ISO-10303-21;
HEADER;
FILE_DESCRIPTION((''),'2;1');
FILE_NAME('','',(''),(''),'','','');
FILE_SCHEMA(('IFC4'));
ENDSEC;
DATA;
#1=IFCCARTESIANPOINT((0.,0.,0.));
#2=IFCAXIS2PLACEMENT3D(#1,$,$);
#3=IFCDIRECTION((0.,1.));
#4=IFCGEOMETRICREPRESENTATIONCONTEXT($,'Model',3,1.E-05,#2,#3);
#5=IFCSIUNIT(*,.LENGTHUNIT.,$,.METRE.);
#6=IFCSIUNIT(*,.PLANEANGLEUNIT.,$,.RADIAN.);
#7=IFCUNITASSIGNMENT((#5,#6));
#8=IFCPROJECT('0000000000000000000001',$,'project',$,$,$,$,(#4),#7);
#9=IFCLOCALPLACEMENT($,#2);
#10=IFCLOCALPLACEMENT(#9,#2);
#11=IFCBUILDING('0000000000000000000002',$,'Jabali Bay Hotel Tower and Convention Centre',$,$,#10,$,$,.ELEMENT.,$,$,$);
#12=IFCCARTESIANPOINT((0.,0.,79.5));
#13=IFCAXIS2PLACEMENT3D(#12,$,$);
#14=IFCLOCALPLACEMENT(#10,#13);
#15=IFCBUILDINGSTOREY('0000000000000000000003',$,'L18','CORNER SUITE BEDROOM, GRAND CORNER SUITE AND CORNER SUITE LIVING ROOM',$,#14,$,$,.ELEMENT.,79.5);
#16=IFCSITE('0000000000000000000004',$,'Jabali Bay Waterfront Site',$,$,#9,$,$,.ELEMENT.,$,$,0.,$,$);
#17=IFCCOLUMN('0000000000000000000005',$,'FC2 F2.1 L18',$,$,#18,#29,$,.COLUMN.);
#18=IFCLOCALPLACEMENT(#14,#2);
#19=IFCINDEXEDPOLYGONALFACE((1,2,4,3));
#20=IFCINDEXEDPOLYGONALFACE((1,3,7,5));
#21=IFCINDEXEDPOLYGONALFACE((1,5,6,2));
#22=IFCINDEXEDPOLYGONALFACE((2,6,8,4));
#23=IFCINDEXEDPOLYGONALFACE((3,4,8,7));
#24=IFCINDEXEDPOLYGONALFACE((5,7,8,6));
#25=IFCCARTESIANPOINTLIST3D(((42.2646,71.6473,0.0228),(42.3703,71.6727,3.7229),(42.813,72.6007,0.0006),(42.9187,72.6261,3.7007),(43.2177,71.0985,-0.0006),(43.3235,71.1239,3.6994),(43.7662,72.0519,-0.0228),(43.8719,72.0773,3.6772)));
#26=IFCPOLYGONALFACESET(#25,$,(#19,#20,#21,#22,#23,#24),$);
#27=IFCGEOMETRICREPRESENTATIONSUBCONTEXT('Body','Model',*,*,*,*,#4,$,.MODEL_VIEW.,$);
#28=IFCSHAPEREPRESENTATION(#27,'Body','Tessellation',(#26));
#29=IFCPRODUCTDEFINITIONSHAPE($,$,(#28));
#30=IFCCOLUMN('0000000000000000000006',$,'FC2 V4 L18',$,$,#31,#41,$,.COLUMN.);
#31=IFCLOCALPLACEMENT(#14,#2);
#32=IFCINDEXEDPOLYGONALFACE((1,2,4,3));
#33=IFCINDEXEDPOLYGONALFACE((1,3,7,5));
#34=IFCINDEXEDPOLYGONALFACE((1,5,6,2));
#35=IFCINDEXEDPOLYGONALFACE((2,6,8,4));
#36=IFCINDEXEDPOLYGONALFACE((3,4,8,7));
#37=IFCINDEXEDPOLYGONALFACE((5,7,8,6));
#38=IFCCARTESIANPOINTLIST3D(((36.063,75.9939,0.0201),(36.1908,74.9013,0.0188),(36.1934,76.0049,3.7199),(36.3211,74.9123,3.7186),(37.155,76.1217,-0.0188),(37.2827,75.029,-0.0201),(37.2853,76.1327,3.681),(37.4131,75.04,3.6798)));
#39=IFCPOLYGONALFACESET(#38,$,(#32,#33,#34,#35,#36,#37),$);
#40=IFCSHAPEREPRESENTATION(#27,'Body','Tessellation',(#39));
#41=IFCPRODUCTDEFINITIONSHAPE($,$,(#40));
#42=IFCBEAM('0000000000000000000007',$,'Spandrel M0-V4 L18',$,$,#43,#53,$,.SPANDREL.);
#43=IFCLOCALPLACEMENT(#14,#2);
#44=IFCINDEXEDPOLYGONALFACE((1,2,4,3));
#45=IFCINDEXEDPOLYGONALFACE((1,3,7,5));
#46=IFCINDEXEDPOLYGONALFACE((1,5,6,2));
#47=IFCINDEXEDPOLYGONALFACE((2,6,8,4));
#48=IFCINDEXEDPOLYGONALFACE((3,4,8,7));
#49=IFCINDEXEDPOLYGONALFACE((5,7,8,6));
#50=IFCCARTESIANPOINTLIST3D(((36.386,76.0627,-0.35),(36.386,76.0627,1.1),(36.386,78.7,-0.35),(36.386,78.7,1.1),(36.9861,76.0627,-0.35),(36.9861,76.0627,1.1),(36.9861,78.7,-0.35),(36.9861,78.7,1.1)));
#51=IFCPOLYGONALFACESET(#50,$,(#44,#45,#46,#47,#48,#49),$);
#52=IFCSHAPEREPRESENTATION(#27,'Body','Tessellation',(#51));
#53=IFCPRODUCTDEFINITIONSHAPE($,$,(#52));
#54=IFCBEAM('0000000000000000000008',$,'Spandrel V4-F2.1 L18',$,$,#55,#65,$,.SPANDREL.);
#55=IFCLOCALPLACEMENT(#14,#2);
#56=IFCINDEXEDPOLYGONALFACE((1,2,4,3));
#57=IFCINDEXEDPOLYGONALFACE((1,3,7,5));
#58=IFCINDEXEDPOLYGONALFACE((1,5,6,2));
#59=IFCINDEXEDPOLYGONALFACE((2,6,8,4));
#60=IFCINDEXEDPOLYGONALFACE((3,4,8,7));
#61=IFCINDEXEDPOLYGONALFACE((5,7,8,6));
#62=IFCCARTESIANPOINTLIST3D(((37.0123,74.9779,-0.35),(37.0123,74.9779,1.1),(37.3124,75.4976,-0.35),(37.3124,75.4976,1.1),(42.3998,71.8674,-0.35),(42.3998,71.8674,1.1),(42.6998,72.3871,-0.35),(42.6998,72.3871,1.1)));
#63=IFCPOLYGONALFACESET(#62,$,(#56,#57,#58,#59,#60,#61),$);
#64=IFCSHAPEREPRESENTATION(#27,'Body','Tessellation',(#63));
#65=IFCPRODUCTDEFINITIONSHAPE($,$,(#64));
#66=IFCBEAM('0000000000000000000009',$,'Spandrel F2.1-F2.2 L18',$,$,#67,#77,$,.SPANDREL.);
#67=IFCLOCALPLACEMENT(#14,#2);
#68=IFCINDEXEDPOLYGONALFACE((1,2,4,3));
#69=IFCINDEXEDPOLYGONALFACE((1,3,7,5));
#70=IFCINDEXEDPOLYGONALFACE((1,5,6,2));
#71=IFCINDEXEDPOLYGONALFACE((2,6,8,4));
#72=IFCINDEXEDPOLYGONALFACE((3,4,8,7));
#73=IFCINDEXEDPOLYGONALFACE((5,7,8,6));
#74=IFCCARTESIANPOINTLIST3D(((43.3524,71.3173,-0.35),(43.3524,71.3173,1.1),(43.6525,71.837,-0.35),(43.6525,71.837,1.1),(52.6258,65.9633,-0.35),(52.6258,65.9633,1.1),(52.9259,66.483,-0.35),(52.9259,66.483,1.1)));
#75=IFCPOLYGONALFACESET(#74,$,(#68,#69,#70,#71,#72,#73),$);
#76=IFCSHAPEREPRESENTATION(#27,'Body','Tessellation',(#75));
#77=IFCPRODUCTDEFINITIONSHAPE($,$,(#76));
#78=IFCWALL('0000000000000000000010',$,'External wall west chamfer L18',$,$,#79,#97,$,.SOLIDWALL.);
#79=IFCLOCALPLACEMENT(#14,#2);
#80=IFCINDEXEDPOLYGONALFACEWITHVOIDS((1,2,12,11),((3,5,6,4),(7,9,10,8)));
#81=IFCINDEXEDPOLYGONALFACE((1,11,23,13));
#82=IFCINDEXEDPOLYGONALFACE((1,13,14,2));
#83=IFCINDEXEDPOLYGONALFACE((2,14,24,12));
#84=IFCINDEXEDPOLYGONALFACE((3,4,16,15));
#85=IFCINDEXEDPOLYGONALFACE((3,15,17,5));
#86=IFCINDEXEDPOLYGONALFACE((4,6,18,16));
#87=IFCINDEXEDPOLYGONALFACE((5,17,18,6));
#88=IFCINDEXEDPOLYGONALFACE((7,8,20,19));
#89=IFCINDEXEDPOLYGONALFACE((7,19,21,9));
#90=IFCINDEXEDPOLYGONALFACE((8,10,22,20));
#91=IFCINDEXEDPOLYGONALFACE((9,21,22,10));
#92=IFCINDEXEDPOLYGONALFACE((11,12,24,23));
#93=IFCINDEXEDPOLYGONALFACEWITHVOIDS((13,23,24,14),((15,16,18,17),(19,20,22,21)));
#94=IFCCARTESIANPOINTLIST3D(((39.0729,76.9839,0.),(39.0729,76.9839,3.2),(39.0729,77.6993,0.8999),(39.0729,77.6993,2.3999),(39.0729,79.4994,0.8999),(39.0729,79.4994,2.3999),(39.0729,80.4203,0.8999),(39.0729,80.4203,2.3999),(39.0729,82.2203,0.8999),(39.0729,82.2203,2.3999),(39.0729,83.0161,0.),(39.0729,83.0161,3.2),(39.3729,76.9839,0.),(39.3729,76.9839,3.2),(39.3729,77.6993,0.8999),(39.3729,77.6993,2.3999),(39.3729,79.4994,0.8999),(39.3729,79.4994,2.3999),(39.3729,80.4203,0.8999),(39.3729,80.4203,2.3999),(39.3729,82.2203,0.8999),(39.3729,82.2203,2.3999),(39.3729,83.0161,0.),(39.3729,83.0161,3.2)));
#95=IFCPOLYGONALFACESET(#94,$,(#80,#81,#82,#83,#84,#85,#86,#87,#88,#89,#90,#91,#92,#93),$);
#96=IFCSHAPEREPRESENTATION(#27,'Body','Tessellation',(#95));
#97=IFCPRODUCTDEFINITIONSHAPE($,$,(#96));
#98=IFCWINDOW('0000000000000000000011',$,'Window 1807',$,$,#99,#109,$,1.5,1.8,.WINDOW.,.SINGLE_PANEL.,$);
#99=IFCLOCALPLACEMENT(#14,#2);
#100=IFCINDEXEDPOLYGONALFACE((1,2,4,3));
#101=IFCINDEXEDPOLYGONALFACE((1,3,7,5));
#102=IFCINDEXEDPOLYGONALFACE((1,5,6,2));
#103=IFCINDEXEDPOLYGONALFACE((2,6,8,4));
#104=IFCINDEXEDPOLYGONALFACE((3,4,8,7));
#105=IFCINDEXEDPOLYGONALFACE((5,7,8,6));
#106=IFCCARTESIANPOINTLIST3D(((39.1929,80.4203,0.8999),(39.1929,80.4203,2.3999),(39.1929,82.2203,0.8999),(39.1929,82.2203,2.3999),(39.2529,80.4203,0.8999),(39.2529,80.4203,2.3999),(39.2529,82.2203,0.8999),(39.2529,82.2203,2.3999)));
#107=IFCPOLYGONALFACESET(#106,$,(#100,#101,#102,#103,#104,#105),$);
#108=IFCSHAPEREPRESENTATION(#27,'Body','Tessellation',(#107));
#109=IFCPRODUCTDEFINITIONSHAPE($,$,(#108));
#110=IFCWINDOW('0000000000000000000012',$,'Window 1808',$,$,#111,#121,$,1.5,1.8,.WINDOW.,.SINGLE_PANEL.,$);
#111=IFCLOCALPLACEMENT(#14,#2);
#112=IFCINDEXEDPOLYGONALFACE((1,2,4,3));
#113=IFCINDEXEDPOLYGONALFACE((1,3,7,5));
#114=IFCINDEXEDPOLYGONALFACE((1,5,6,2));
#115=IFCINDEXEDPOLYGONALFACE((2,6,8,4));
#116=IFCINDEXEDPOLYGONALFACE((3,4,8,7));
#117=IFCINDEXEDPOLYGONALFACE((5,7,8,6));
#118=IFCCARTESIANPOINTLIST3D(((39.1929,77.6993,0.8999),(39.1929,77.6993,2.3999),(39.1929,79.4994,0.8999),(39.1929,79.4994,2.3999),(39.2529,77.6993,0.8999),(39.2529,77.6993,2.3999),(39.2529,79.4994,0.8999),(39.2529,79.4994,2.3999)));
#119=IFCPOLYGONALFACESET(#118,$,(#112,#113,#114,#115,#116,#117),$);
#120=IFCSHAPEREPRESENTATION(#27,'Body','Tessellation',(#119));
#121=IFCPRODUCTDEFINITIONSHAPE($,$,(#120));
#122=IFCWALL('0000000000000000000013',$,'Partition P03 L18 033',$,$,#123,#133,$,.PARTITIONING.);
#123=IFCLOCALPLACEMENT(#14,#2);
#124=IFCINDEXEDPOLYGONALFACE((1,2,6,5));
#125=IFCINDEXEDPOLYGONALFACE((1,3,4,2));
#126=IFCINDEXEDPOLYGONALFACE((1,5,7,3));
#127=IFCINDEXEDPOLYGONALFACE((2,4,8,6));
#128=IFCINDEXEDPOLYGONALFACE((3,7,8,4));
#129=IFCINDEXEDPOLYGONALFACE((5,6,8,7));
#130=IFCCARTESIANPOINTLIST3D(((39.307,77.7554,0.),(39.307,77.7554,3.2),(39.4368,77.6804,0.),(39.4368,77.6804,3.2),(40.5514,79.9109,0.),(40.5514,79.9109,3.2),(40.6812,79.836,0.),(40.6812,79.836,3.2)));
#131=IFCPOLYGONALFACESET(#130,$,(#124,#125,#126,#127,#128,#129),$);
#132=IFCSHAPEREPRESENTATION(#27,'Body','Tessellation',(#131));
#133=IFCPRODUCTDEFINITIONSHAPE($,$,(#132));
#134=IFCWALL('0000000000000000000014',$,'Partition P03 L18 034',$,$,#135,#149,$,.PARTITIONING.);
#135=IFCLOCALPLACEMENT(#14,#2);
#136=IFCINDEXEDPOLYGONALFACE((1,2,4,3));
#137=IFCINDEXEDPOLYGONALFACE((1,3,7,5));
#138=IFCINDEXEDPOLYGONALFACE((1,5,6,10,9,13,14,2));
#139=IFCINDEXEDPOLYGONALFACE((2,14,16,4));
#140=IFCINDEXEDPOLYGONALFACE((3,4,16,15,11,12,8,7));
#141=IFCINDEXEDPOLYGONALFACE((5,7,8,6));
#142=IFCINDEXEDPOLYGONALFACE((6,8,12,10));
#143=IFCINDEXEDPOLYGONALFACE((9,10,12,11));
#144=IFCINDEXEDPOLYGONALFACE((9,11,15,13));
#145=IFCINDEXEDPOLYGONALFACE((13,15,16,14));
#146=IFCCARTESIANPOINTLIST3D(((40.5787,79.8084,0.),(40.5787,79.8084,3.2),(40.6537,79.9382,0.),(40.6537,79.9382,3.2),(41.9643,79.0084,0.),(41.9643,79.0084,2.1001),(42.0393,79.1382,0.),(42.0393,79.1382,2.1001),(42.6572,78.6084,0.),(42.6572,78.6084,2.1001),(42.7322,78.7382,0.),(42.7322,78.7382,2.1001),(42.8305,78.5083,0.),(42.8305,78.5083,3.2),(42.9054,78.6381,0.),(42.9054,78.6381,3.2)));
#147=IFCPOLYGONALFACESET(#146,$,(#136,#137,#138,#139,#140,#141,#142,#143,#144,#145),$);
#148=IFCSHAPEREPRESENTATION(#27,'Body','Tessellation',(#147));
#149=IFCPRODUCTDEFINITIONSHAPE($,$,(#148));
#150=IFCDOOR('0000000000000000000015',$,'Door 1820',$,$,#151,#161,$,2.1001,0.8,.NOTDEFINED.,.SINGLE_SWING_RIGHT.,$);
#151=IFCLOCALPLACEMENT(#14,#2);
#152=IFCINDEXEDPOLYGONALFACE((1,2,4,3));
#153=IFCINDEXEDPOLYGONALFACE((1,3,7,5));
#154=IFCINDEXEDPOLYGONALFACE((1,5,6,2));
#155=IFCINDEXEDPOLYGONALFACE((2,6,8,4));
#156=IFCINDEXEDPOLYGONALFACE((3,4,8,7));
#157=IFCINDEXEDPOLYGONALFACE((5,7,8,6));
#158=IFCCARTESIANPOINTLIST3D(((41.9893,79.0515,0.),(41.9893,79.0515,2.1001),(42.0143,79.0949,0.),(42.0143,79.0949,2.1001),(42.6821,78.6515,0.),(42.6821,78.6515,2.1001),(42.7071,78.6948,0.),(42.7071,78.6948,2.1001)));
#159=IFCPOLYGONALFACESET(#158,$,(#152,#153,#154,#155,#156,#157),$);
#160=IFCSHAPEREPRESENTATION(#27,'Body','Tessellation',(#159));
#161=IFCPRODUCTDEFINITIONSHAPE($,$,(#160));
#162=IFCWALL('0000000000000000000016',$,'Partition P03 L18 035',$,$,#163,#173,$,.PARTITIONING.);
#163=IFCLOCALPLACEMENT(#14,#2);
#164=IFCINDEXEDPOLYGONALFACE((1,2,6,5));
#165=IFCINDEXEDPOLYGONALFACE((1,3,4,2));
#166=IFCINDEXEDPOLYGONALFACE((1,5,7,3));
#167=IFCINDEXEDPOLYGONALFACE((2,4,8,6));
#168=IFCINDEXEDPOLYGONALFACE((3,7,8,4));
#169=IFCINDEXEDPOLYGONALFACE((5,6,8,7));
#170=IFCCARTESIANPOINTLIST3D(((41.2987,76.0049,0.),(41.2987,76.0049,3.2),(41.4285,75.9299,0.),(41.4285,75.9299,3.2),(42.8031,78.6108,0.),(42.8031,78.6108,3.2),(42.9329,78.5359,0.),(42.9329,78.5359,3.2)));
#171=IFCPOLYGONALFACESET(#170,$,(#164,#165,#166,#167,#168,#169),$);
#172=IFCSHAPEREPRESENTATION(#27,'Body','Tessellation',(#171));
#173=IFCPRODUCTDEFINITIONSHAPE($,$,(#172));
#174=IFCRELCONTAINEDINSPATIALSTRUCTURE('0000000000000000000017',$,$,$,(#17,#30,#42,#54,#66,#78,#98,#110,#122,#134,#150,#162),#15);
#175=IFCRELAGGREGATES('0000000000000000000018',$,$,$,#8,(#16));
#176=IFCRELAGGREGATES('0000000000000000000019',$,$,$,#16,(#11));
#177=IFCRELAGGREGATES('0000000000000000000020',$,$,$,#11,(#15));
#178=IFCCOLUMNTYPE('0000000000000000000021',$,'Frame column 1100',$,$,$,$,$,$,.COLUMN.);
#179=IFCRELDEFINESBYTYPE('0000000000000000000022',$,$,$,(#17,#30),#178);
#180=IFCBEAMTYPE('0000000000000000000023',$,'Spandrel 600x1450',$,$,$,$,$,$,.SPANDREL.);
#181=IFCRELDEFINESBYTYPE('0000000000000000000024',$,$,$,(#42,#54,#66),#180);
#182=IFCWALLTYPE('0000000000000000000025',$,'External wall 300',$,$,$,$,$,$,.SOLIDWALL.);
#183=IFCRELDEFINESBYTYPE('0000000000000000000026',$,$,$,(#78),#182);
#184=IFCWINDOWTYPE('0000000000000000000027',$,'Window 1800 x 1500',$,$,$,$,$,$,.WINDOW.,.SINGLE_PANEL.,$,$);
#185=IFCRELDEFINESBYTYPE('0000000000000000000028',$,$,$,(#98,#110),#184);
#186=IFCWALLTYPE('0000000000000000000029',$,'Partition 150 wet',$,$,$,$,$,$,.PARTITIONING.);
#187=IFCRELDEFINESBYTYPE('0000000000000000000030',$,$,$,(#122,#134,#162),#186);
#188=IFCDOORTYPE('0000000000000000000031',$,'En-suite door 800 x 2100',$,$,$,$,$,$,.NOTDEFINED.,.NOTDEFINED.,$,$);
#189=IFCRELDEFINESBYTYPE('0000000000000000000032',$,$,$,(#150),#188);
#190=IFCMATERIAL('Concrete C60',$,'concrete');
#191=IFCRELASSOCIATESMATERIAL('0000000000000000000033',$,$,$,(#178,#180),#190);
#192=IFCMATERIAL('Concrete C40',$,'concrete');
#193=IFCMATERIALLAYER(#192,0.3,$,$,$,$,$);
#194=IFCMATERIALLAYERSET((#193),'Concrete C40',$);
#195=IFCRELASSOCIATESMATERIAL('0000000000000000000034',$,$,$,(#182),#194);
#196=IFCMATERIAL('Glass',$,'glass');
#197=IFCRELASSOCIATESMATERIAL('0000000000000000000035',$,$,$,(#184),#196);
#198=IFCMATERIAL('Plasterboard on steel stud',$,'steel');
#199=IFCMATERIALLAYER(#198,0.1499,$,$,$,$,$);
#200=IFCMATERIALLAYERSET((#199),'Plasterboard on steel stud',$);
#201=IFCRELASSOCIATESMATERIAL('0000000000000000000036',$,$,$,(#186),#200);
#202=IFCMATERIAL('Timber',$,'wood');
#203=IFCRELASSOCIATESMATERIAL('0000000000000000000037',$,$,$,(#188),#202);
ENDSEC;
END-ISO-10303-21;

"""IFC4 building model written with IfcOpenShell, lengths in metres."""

from ifc_helpers import new_model, si_unit, direction, frame, frame_2d, origin, origin_2d, place, context, subcontext, project, spatial, rectangle, extrude, material, layer, layer_set, material_profile, profile_set, type_object, element, fill, save


model = new_model("IFC4")

# Units and contexts
model_context = context("Model", 3, precision=1e-05, world=origin(), true_north=direction((0.0, 1.0)))
body_context = subcontext(model_context, "Body", "Model", "MODEL_VIEW")
ifc_project = project(units=[si_unit("LENGTHUNIT", "METRE"), si_unit("PLANEANGLEUNIT", "RADIAN")], contexts=[model_context])

# Site, building, storey
site_placement = place(None, origin())
site = spatial("IfcSite", under=ifc_project, at=site_placement, Name="Jabali Bay Waterfront Site", CompositionType="ELEMENT", RefElevation=0.0)
building_placement = place(site_placement, origin())
building = spatial("IfcBuilding", under=site, at=building_placement, Name="Jabali Bay Hotel Tower and Convention Centre", CompositionType="ELEMENT")
storey_placement = place(building_placement, frame((0.0, 0.0, 79.5)))
storey = spatial("IfcBuildingStorey", under=building, at=storey_placement, Name="L18", Description="CORNER SUITE BEDROOM, GRAND CORNER SUITE AND CORNER SUITE LIVING ROOM", CompositionType="ELEMENT", Elevation=79.5)

# Columns
ifc_material_1 = material(Name="Concrete C60", Category="concrete")
ifc_material_profile_1 = material_profile(ifc_material_1, rectangle(XDim=1.1001, YDim=1.1001, at=origin_2d()), Name="Frame column 1100")
ifc_profile_set_1 = profile_set([ifc_material_profile_1], Name="Concrete C60")
column_type = type_object("IfcColumnType", Name="Frame column 1100", PredefinedType="COLUMN", material=ifc_profile_set_1)
column_1_placement = place(storey_placement, frame((43.0154, 71.8496, 0.0), z_axis=(0.028559, 0.006859, 0.999569), x_axis=(-0.866415, 0.498869, 0.021331)))
element("IfcColumn", 1, at=column_1_placement, inside=storey, type_object=column_type, Name="FC2 F2.1 L18", PredefinedType="COLUMN", context=body_context, shape_type="SweptSolid", body=[
    extrude(rectangle(XDim=1.1001, YDim=1.1001, at=origin_2d()), origin(), (0.0, 0.0, 1.0), 3.7017),
])
column_2_placement = place(storey_placement, frame((36.6729, 75.5115, 0.0), z_axis=(0.035214, 0.002967, 0.999375), x_axis=(-0.116138, 0.993232, 0.001143)))
element("IfcColumn", 2, at=column_2_placement, inside=storey, type_object=column_type, Name="FC2 V4 L18", PredefinedType="COLUMN", context=body_context, shape_type="SweptSolid", body=[
    extrude(rectangle(XDim=1.1001, YDim=1.1001, at=origin_2d()), origin(), (0.0, 0.0, 1.0), 3.7021),
])

# Beams
ifc_material_profile_2 = material_profile(ifc_material_1, rectangle(XDim=0.6001, YDim=1.45, at=origin_2d()), Name="Spandrel 600x1450")
ifc_profile_set_2 = profile_set([ifc_material_profile_2], Name="Concrete C60")
beam_type = type_object("IfcBeamType", Name="Spandrel 600x1450", PredefinedType="SPANDREL", material=ifc_profile_set_2)
beam_1_placement = place(storey_placement, frame((36.686, 78.7, 0.375), z_axis=(0.0, -1.0, 0.0), x_axis=(1.0, 0.0, 0.0)))
element("IfcBeam", 3, at=beam_1_placement, inside=storey, type_object=beam_type, Name="Spandrel M0-V4 L18", PredefinedType="SPANDREL", context=body_context, shape_type="SweptSolid", body=[
    extrude(rectangle(XDim=0.6001, YDim=1.45, at=origin_2d()), origin(), (0.0, 0.0, 1.0), 2.6372),
])
beam_2_placement = place(storey_placement, frame((37.1624, 75.2378, 0.375), z_axis=(0.866015, -0.500018, 0.0), x_axis=(0.500018, 0.866015, 0.0)))
element("IfcBeam", 4, at=beam_2_placement, inside=storey, type_object=beam_type, Name="Spandrel V4-F2.1 L18", PredefinedType="SPANDREL", context=body_context, shape_type="SweptSolid", body=[
    extrude(rectangle(XDim=0.6001, YDim=1.45, at=origin_2d()), origin(), (0.0, 0.0, 1.0), 6.2209),
])
beam_3_placement = place(storey_placement, frame((43.5024, 71.5771, 0.375), z_axis=(0.866026, -0.499999, 0.0), x_axis=(0.499999, 0.866026, 0.0)))
element("IfcBeam", 5, at=beam_3_placement, inside=storey, type_object=beam_type, Name="Spandrel F2.1-F2.2 L18", PredefinedType="SPANDREL", context=body_context, shape_type="SweptSolid", body=[
    extrude(rectangle(XDim=0.6001, YDim=1.45, at=origin_2d()), origin(), (0.0, 0.0, 1.0), 10.708),
])

# Wall, openings, windows
ifc_material_2 = material(Name="Concrete C40", Category="concrete")
ifc_layer_1 = layer(ifc_material_2, 0.3)
ifc_layer_set_1 = layer_set([ifc_layer_1], Name="Concrete C40")
wall_type_1 = type_object("IfcWallType", Name="External wall 300", PredefinedType="SOLIDWALL", material=ifc_layer_set_1)
wall_1_placement = place(storey_placement, frame((39.2229, 76.9839, 0.0), z_axis=(0.0, 0.0, 1.0), x_axis=(0.0, 1.0, 0.0)))
wall_1 = element("IfcWall", 6, at=wall_1_placement, inside=storey, type_object=wall_type_1, Name="External wall west chamfer L18", PredefinedType="SOLIDWALL", context=body_context, shape_type="SweptSolid", body=[
    extrude(rectangle(XDim=6.0322, YDim=0.3, at=frame_2d((3.0161, 0.0))), origin(), (0.0, 0.0, 1.0), 3.2),
])
opening_1_placement = place(wall_1_placement, frame((3.4365, 0.0, 0.8999)))
opening_1 = element("IfcOpeningElement", 7, at=opening_1_placement, cuts=wall_1, PredefinedType="OPENING", context=body_context, shape_type="SweptSolid", body=[
    extrude(rectangle(XDim=1.8, YDim=1.5, at=frame_2d((0.8999, 0.75))), frame((0.0, 0.1606, 0.0), z_axis=(0.0, -1.0, 0.0), x_axis=(1.0, 0.0, 0.0)), (0.0, 0.0, 1.0), 0.321),
])
opening_2_placement = place(wall_1_placement, frame((0.7156, 0.0, 0.8999)))
opening_2 = element("IfcOpeningElement", 8, at=opening_2_placement, cuts=wall_1, PredefinedType="OPENING", context=body_context, shape_type="SweptSolid", body=[
    extrude(rectangle(XDim=1.8, YDim=1.5, at=frame_2d((0.8999, 0.75))), frame((0.0, 0.1606, 0.0), z_axis=(0.0, -1.0, 0.0), x_axis=(1.0, 0.0, 0.0)), (0.0, 0.0, 1.0), 0.321),
])
ifc_material_3 = material(Name="Glass", Category="glass")
window_type = type_object("IfcWindowType", Name="Window 1800 x 1500", PartitioningType="SINGLE_PANEL", PredefinedType="WINDOW", material=ifc_material_3)
window_1_placement = place(opening_1_placement, origin())
window_1 = element("IfcWindow", 9, at=window_1_placement, inside=storey, type_object=window_type, Name="Window 1807", OverallHeight=1.5, OverallWidth=1.8, PartitioningType="SINGLE_PANEL", PredefinedType="WINDOW", context=body_context, shape_type="SweptSolid", body=[
    extrude(rectangle(XDim=1.8, YDim=1.5, at=frame_2d((0.8999, 0.75))), frame((0.0, 0.03, 0.0), z_axis=(0.0, -1.0, 0.0), x_axis=(1.0, 0.0, 0.0)), (0.0, 0.0, 1.0), 0.0601),
])
fill(opening_1, window_1)
window_2_placement = place(opening_2_placement, origin())
window_2 = element("IfcWindow", 10, at=window_2_placement, inside=storey, type_object=window_type, Name="Window 1808", OverallHeight=1.5, OverallWidth=1.8, PartitioningType="SINGLE_PANEL", PredefinedType="WINDOW", context=body_context, shape_type="SweptSolid", body=[
    extrude(rectangle(XDim=1.8, YDim=1.5, at=frame_2d((0.8999, 0.75))), frame((0.0, 0.03, 0.0), z_axis=(0.0, -1.0, 0.0), x_axis=(1.0, 0.0, 0.0)), (0.0, 0.0, 1.0), 0.0601),
])
fill(opening_2, window_2)

# Wall
ifc_material_4 = material(Name="Plasterboard on steel stud", Category="steel")
ifc_layer_2 = layer(ifc_material_4, 0.1499)
ifc_layer_set_2 = layer_set([ifc_layer_2], Name="Plasterboard on steel stud")
wall_type_2 = type_object("IfcWallType", Name="Partition 150 wet", PredefinedType="PARTITIONING", material=ifc_layer_set_2)
wall_2_placement = place(storey_placement, frame((39.3718, 77.7178, 0.0), z_axis=(0.0, 0.0, 1.0), x_axis=(0.499969, 0.866043, 0.0)))
element("IfcWall", 11, at=wall_2_placement, inside=storey, type_object=wall_type_2, Name="Partition P03 L18 033", PredefinedType="PARTITIONING", context=body_context, shape_type="SweptSolid", body=[
    extrude(rectangle(XDim=2.489, YDim=0.1499, at=frame_2d((1.2446, 0.0))), origin(), (0.0, 0.0, 1.0), 3.2),
])

# Wall, opening, door
wall_3_placement = place(storey_placement, frame((40.6162, 79.8733, 0.0), z_axis=(0.0, 0.0, 1.0), x_axis=(0.866021, -0.500007, 0.0)))
wall_3 = element("IfcWall", 12, at=wall_3_placement, inside=storey, type_object=wall_type_2, Name="Partition P03 L18 034", PredefinedType="PARTITIONING", context=body_context, shape_type="SweptSolid", body=[
    extrude(rectangle(XDim=2.6001, YDim=0.1499, at=frame_2d((1.3, 0.0))), origin(), (0.0, 0.0, 1.0), 3.2),
])
opening_3_placement = place(wall_3_placement, frame((1.6001, 0.0, 0.0)))
opening_3 = element("IfcOpeningElement", 13, at=opening_3_placement, cuts=wall_3, PredefinedType="OPENING", context=body_context, shape_type="SweptSolid", body=[
    extrude(rectangle(XDim=0.8, YDim=2.1001, at=frame_2d((0.3999, 1.05))), frame((0.0, 0.0854, 0.0), z_axis=(0.0, -1.0, 0.0), x_axis=(1.0, 0.0, 0.0)), (0.0, 0.0, 1.0), 0.1709),
])
ifc_material_5 = material(Name="Timber", Category="wood")
door_type = type_object("IfcDoorType", Name="En-suite door 800 x 2100", OperationType="NOTDEFINED", PredefinedType="NOTDEFINED", material=ifc_material_5)
door_placement = place(opening_3_placement, origin())
door = element("IfcDoor", 14, at=door_placement, inside=storey, type_object=door_type, Name="Door 1820", OperationType="SINGLE_SWING_RIGHT", OverallHeight=2.1001, OverallWidth=0.8, PredefinedType="NOTDEFINED", context=body_context, shape_type="SweptSolid", body=[
    extrude(rectangle(XDim=0.8, YDim=2.1001, at=frame_2d((0.3999, 1.05))), frame((0.0, 0.0249, 0.0), z_axis=(0.0, -1.0, 0.0), x_axis=(1.0, 0.0, 0.0)), (0.0, 0.0, 1.0), 0.05),
])
fill(opening_3, door)

# Wall
wall_4_placement = place(storey_placement, frame((42.8679, 78.5732, 0.0), z_axis=(0.0, 0.0, 1.0), x_axis=(-0.499961, -0.866048, 0.0)))
element("IfcWall", 15, at=wall_4_placement, inside=storey, type_object=wall_type_2, Name="Partition P03 L18 035", PredefinedType="PARTITIONING", context=body_context, shape_type="SweptSolid", body=[
    extrude(rectangle(XDim=3.009, YDim=0.1499, at=frame_2d((1.5044, 0.0))), origin(), (0.0, 0.0, 1.0), 3.2),
])

save(model, "model.ifc")
